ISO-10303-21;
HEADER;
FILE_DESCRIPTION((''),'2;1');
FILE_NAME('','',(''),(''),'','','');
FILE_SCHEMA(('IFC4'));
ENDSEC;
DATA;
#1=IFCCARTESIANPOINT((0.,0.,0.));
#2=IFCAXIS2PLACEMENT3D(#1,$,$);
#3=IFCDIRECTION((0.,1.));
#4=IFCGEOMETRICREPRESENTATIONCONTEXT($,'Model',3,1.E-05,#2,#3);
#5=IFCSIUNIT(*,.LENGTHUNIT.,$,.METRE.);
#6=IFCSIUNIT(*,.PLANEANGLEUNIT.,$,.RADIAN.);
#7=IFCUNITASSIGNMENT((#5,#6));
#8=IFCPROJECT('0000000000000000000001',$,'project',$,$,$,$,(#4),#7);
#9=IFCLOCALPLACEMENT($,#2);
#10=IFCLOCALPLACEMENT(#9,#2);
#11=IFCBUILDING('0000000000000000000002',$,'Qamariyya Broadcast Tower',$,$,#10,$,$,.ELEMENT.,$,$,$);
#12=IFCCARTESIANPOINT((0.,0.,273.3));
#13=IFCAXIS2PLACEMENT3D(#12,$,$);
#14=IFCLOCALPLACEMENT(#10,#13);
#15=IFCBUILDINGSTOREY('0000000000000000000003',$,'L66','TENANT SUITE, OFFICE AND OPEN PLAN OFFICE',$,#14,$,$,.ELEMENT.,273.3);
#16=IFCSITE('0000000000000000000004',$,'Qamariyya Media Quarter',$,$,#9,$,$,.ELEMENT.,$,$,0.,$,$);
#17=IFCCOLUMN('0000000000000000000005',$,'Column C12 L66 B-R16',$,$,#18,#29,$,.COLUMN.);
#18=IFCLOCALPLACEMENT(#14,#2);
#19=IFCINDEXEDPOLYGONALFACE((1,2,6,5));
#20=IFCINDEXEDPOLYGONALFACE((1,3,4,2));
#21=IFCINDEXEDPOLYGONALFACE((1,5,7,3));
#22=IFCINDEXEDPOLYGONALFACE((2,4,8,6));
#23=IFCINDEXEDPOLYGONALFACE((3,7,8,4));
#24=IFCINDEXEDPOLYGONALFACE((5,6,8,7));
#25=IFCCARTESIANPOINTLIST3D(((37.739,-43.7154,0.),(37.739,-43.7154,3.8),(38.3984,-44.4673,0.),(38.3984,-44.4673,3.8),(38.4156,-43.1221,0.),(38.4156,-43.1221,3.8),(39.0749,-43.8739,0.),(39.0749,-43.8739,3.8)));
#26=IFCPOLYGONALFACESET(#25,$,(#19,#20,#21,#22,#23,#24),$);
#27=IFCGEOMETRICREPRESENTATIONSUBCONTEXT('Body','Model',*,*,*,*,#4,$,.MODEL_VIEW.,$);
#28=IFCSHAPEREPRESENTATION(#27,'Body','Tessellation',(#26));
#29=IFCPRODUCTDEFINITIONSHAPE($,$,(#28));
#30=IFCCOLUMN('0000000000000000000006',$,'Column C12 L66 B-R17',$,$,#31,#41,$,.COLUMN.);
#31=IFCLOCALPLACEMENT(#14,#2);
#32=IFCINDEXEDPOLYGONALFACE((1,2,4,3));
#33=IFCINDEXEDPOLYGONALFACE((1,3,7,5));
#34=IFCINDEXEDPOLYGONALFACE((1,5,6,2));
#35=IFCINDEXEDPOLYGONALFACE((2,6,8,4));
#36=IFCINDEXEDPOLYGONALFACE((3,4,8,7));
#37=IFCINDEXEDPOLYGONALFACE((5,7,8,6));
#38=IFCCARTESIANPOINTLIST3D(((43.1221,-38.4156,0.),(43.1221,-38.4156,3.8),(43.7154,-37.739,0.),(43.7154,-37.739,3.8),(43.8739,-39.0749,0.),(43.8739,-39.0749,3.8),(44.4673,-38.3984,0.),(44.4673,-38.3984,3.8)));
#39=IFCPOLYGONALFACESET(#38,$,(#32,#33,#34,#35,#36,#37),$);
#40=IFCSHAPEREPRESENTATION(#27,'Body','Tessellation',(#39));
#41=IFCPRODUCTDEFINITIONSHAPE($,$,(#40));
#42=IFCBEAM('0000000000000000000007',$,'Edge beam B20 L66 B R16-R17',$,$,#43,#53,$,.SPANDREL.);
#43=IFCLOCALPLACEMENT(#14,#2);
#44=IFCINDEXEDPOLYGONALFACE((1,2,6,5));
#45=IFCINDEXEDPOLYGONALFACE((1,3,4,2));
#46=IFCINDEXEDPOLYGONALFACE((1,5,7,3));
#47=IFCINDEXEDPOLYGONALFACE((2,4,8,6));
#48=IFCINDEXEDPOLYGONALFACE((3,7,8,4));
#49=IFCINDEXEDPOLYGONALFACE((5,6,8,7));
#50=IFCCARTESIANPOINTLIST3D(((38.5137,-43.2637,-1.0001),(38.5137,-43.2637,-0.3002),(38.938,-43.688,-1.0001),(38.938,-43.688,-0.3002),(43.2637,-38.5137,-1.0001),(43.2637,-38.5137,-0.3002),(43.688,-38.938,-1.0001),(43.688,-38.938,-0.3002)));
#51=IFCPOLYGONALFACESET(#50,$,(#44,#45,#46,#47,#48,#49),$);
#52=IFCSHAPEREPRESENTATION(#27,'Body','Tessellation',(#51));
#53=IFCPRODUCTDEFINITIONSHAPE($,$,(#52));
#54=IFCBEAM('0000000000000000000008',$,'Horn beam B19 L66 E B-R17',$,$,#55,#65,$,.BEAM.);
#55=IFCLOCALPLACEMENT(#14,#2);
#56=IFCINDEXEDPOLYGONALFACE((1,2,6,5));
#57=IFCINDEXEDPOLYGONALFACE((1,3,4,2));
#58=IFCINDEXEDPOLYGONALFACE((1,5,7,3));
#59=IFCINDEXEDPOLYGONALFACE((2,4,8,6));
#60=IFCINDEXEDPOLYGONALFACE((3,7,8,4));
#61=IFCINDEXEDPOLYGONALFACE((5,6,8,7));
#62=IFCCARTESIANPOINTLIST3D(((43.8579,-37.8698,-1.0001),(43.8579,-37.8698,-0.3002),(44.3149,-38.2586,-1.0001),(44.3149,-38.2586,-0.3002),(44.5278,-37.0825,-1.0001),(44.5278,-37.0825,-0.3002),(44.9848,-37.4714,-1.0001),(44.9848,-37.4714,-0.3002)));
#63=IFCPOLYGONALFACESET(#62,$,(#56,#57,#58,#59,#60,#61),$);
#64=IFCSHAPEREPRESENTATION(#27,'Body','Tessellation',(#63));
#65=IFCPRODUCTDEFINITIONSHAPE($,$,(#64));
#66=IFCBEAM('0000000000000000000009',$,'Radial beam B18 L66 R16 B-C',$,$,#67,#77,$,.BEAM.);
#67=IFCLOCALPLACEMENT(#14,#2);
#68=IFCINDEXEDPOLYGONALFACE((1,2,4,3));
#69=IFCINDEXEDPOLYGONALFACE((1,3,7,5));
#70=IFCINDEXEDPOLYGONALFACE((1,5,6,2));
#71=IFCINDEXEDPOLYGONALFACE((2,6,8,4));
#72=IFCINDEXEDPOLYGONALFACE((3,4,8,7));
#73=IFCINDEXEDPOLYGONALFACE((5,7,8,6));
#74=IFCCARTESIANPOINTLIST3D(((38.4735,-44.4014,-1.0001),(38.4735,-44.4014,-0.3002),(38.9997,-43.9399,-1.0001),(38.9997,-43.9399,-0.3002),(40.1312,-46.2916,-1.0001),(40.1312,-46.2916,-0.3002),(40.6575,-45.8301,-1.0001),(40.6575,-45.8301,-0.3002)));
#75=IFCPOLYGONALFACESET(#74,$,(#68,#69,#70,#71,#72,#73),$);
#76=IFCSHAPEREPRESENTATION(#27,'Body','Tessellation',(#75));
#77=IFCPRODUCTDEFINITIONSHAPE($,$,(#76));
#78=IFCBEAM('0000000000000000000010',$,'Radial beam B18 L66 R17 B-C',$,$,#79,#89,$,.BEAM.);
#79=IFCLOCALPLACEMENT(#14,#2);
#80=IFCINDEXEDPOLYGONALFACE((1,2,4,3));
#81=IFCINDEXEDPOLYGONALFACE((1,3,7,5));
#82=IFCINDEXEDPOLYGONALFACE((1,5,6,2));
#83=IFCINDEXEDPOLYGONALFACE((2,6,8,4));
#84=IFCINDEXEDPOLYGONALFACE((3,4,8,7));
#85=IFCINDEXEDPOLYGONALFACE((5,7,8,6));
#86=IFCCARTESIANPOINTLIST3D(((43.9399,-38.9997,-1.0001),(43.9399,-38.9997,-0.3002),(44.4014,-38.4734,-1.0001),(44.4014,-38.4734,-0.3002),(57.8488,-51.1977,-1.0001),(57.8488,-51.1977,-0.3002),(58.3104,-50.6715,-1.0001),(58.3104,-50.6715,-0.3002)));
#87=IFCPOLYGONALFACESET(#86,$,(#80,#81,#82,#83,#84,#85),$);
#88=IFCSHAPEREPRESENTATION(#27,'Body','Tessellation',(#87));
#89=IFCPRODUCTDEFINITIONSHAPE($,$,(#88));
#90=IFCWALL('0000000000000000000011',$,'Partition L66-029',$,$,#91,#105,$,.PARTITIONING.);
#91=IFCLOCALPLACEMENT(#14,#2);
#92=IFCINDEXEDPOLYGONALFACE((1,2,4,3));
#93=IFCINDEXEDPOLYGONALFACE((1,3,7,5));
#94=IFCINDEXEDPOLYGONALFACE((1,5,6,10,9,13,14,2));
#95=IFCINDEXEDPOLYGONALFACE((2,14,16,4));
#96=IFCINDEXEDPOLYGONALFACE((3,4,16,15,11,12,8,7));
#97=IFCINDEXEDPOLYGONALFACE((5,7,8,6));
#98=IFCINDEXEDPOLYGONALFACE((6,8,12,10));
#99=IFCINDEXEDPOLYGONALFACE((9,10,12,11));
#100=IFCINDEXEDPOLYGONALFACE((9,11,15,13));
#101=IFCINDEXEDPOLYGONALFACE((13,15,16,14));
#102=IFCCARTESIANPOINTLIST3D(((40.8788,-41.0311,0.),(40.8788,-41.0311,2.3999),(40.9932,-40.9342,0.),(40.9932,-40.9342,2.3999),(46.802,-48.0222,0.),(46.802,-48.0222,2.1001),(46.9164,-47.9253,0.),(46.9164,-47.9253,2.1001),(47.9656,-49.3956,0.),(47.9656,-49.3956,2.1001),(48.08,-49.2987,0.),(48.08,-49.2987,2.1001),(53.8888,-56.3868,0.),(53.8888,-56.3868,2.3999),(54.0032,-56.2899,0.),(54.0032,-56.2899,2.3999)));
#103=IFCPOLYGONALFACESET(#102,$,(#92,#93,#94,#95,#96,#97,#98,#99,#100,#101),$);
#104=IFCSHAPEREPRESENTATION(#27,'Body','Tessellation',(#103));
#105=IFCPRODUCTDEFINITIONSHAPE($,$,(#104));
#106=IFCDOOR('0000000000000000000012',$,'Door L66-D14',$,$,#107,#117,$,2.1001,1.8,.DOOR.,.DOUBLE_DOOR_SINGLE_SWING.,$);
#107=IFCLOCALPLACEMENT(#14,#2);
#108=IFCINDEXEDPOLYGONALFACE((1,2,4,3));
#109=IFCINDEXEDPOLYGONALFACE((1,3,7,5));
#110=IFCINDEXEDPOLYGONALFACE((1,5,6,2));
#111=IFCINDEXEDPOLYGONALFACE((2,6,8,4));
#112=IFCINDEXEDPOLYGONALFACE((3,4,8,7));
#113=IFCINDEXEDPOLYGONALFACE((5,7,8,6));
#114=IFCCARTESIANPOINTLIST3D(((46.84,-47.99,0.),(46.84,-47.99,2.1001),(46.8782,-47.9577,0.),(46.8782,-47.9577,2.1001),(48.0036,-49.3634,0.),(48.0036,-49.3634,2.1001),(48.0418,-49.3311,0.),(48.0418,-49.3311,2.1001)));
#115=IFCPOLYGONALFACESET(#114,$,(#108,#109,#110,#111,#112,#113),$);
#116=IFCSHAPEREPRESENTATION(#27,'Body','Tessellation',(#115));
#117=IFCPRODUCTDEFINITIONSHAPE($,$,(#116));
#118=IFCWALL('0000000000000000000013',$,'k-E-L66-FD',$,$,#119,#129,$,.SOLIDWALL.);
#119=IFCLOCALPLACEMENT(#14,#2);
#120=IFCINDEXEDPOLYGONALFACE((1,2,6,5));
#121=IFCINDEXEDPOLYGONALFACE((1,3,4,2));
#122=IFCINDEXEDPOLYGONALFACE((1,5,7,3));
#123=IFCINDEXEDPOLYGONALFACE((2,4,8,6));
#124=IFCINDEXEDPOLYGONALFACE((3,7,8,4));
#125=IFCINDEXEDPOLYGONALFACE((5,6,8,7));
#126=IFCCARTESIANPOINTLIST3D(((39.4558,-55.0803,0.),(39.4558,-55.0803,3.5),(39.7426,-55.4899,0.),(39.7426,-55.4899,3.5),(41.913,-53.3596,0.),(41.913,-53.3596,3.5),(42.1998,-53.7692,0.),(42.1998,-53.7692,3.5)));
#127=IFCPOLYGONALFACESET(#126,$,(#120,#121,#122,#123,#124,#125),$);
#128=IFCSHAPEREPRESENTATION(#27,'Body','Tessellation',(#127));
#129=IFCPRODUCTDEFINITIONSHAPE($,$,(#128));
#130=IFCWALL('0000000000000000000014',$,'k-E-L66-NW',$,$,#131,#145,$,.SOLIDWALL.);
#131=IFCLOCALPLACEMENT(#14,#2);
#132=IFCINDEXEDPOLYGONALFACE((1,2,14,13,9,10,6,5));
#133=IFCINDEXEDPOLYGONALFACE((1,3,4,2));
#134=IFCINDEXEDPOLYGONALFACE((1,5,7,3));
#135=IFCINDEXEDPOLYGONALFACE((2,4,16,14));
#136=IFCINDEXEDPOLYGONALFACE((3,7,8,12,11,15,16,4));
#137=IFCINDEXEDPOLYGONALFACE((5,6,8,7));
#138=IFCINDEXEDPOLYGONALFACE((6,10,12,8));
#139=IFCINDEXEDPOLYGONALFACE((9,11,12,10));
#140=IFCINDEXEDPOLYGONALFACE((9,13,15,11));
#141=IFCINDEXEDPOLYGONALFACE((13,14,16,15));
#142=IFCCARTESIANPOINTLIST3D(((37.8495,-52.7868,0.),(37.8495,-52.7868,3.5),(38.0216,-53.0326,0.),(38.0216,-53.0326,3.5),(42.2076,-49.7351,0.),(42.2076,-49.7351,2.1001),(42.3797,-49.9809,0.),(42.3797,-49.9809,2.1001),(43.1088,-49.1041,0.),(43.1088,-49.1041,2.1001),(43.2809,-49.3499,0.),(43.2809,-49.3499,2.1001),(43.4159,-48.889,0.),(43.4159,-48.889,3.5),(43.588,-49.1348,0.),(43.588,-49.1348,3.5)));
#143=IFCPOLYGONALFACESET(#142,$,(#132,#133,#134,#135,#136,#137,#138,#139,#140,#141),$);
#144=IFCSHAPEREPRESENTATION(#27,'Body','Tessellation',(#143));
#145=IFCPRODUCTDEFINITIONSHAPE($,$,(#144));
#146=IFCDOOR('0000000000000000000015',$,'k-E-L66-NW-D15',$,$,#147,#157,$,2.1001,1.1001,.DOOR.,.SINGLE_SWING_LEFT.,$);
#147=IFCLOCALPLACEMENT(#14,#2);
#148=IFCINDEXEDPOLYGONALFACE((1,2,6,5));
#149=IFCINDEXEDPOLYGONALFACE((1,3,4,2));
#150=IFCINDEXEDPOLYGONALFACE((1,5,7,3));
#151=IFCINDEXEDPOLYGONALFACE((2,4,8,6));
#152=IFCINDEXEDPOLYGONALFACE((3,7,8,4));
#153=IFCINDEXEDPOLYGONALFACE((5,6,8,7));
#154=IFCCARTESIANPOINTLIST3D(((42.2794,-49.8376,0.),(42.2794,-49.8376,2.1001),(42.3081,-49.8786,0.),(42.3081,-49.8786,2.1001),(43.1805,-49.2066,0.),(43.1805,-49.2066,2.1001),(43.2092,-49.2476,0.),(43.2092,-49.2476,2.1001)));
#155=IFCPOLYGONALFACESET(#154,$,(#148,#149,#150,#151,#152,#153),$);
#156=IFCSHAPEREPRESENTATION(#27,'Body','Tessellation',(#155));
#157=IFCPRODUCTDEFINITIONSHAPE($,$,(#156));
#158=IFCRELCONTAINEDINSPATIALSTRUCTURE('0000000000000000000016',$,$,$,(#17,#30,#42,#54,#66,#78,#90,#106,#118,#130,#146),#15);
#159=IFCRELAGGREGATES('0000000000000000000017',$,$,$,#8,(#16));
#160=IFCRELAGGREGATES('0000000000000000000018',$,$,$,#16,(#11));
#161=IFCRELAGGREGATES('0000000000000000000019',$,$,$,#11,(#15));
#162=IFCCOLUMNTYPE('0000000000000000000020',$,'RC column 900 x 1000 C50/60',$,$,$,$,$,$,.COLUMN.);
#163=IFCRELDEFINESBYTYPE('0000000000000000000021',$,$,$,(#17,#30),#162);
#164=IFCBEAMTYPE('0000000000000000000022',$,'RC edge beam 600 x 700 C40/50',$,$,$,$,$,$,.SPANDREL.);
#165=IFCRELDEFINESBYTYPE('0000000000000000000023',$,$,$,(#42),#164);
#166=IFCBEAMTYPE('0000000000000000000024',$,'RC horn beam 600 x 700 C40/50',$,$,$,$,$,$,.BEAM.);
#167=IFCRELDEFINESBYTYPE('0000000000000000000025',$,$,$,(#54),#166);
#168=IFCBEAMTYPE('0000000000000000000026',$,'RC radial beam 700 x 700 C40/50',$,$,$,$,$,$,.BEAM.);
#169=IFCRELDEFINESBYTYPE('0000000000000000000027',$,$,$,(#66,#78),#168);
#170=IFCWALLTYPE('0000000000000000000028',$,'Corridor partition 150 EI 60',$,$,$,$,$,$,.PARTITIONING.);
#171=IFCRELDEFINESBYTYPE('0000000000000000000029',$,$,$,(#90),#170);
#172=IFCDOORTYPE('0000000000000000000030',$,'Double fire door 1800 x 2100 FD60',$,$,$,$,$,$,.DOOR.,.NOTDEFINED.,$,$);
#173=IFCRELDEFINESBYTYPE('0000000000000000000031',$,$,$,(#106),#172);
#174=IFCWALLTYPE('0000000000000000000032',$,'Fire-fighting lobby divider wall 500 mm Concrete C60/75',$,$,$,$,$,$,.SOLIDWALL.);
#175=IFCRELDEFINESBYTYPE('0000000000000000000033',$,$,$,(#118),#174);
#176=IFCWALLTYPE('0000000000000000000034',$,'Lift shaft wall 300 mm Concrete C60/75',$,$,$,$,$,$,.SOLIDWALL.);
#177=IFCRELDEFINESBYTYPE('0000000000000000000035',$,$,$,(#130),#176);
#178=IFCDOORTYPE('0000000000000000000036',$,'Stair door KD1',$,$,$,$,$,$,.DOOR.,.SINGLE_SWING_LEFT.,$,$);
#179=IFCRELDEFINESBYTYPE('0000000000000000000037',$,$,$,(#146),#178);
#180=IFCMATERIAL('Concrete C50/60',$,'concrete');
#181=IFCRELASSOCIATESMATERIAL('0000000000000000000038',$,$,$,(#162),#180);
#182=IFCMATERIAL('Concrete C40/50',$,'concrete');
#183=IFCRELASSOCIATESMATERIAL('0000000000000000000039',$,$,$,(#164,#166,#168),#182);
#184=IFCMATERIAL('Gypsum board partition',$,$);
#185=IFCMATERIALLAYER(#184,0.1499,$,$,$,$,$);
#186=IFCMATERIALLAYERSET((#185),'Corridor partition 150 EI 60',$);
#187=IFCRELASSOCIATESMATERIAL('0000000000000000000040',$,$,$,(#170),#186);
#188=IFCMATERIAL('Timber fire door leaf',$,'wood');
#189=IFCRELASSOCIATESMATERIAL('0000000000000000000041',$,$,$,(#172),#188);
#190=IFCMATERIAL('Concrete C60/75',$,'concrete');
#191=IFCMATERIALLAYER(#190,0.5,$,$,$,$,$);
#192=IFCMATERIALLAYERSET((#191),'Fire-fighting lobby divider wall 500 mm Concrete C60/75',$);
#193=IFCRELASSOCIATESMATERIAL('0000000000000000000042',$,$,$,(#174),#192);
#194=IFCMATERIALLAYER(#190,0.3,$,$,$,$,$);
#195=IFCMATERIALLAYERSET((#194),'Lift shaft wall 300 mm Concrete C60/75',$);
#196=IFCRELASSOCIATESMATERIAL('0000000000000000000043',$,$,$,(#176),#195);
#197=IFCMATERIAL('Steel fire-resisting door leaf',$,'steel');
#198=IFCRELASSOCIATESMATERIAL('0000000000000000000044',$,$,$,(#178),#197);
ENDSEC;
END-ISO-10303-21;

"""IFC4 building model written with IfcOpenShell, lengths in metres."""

from ifc_helpers import new_model, si_unit, direction, frame, frame_2d, origin, origin_2d, place, context, subcontext, project, spatial, rectangle, extrude, material, layer, layer_set, material_profile, profile_set, type_object, element, fill, save


model = new_model("IFC4")

# Units and contexts
model_context = context("Model", 3, precision=1e-05, world=origin(), true_north=direction((0.0, 1.0)))
body_context = subcontext(model_context, "Body", "Model", "MODEL_VIEW")
ifc_project = project(units=[si_unit("LENGTHUNIT", "METRE"), si_unit("PLANEANGLEUNIT", "RADIAN")], contexts=[model_context])

# Site, building, storey
site_placement = place(None, origin())
site = spatial("IfcSite", under=ifc_project, at=site_placement, Name="Qamariyya Media Quarter", CompositionType="ELEMENT", RefElevation=0.0)
building_placement = place(site_placement, origin())
building = spatial("IfcBuilding", under=site, at=building_placement, Name="Qamariyya Broadcast Tower", CompositionType="ELEMENT")
storey_placement = place(building_placement, frame((0.0, 0.0, 273.3)))
storey = spatial("IfcBuildingStorey", under=building, at=storey_placement, Name="L66", Description="TENANT SUITE, OFFICE AND OPEN PLAN OFFICE", CompositionType="ELEMENT", Elevation=273.3)

# Columns
ifc_material_1 = material(Name="Concrete C50/60", Category="concrete")
ifc_material_profile_1 = material_profile(ifc_material_1, rectangle(XDim=0.8999, YDim=1.0, at=origin_2d()))
ifc_profile_set_1 = profile_set([ifc_material_profile_1], Name="Concrete C50/60")
column_type = type_object("IfcColumnType", Name="RC column 900 x 1000 C50/60", PredefinedType="COLUMN", material=ifc_profile_set_1)
for number, where, z_axis, x_axis, name in (
    (1, (38.407, -43.7947, 0.0), (0.0, 0.0, 1.0), (0.75184, 0.659346, 0.0), "Column C12 L66 B-R16"),
    (2, (43.7947, -38.407, 0.0), (0.0, 0.0, 1.0), (0.659346, 0.75184, 0.0), "Column C12 L66 B-R17"),
):
    element("IfcColumn", number, at=place(storey_placement, frame(where, z_axis=z_axis, x_axis=x_axis)), inside=storey, type_object=column_type, Name=name, PredefinedType="COLUMN", context=body_context, shape_type="SweptSolid", body=[
        extrude(rectangle(XDim=0.8999, YDim=1.0, at=origin_2d()), origin(), (0.0, 0.0, 1.0), 3.8),
    ])

# Beams
ifc_material_2 = material(Name="Concrete C40/50", Category="concrete")
ifc_material_profile_2 = material_profile(ifc_material_2, rectangle(XDim=0.6001, YDim=0.7, at=origin_2d()))
ifc_profile_set_2 = profile_set([ifc_material_profile_2], Name="Concrete C40/50")
beam_type_1 = type_object("IfcBeamType", Name="RC edge beam 600 x 700 C40/50", PredefinedType="SPANDREL", material=ifc_profile_set_2)
beam_1_placement = place(storey_placement, frame((38.7258, -43.4758, -0.6501), z_axis=(0.707107, 0.707107, 0.0), x_axis=(-0.707107, 0.707107, 0.0)))
element("IfcBeam", 3, at=beam_1_placement, inside=storey, type_object=beam_type_1, Name="Edge beam B20 L66 B R16-R17", PredefinedType="SPANDREL", context=body_context, shape_type="SweptSolid", body=[
    extrude(rectangle(XDim=0.6001, YDim=0.7, at=origin_2d()), origin(), (0.0, 0.0, 1.0), 6.7175),
])
ifc_material_profile_3 = material_profile(ifc_material_2, rectangle(XDim=0.6001, YDim=0.7, at=origin_2d()))
ifc_profile_set_3 = profile_set([ifc_material_profile_3], Name="Concrete C40/50")
beam_type_2 = type_object("IfcBeamType", Name="RC horn beam 600 x 700 C40/50", PredefinedType="BEAM", material=ifc_profile_set_3)
beam_2_placement = place(storey_placement, frame((44.0864, -38.0642, -0.6501), z_axis=(0.648025, 0.761619, 0.0), x_axis=(-0.761619, 0.648025, 0.0)))
element("IfcBeam", 4, at=beam_2_placement, inside=storey, type_object=beam_type_2, Name="Horn beam B19 L66 E B-R17", PredefinedType="BEAM", context=body_context, shape_type="SweptSolid", body=[
    extrude(rectangle(XDim=0.6001, YDim=0.7, at=origin_2d()), origin(), (0.0, 0.0, 1.0), 1.0337),
])
ifc_material_profile_4 = material_profile(ifc_material_2, rectangle(XDim=0.7, YDim=0.7, at=origin_2d()))
ifc_profile_set_4 = profile_set([ifc_material_profile_4], Name="Concrete C40/50")
beam_type_3 = type_object("IfcBeamType", Name="RC radial beam 700 x 700 C40/50", PredefinedType="BEAM", material=ifc_profile_set_4)
beam_3_placement = place(storey_placement, frame((38.7366, -44.1707, -0.6501), z_axis=(0.65937, -0.751818, 0.0), x_axis=(0.751818, 0.65937, 0.0)))
element("IfcBeam", 5, at=beam_3_placement, inside=storey, type_object=beam_type_3, Name="Radial beam B18 L66 R16 B-C", PredefinedType="BEAM", context=body_context, shape_type="SweptSolid", body=[
    extrude(rectangle(XDim=0.7, YDim=0.7, at=origin_2d()), origin(), (0.0, 0.0, 1.0), 2.5142),
])
beam_4_placement = place(storey_placement, frame((44.1707, -38.7366, -0.6501), z_axis=(0.751835, -0.659352, 0.0), x_axis=(0.659352, 0.751835, 0.0)))
element("IfcBeam", 6, at=beam_4_placement, inside=storey, type_object=beam_type_3, Name="Radial beam B18 L66 R17 B-C", PredefinedType="BEAM", context=body_context, shape_type="SweptSolid", body=[
    extrude(rectangle(XDim=0.7, YDim=0.7, at=origin_2d()), origin(), (0.0, 0.0, 1.0), 18.5),
])

# Wall, opening, door
ifc_material_3 = material(Name="Gypsum board partition")
ifc_layer_1 = layer(ifc_material_3, 0.1499)
ifc_layer_set_1 = layer_set([ifc_layer_1], Name="Corridor partition 150 EI 60")
wall_type_1 = type_object("IfcWallType", Name="Corridor partition 150 EI 60", PredefinedType="PARTITIONING", material=ifc_layer_set_1)
wall_1_placement = place(storey_placement, frame((40.936, -40.9827, 0.0), z_axis=(0.0, 0.0, 1.0), x_axis=(0.646426, -0.762977, 0.0)))
wall_1 = element("IfcWall", 7, at=wall_1_placement, inside=storey, type_object=wall_type_1, Name="Partition L66-029", PredefinedType="PARTITIONING", context=body_context, shape_type="SweptSolid", body=[
    extrude(rectangle(XDim=20.126, YDim=0.1499, at=frame_2d((10.063, 0.0))), origin(), (0.0, 0.0, 1.0), 2.3999),
])
opening_1_placement = place(wall_1_placement, frame((9.1631, 0.0, 0.0)))
opening_1 = element("IfcOpeningElement", 8, at=opening_1_placement, cuts=wall_1, PredefinedType="OPENING", context=body_context, shape_type="SweptSolid", body=[
    extrude(rectangle(XDim=1.8, YDim=2.1001, at=frame_2d((0.8999, 1.05))), frame((0.0, 0.085, 0.0), z_axis=(0.0, -1.0, 0.0), x_axis=(1.0, 0.0, 0.0)), (0.0, 0.0, 1.0), 0.1699),
])
ifc_material_4 = material(Name="Timber fire door leaf", Category="wood")
door_type_1 = type_object("IfcDoorType", Name="Double fire door 1800 x 2100 FD60", OperationType="NOTDEFINED", PredefinedType="DOOR", material=ifc_material_4)
door_1_placement = place(opening_1_placement, origin())
door_1 = element("IfcDoor", 9, at=door_1_placement, inside=storey, type_object=door_type_1, Name="Door L66-D14", OperationType="DOUBLE_DOOR_SINGLE_SWING", OverallHeight=2.1001, OverallWidth=1.8, PredefinedType="DOOR", context=body_context, shape_type="SweptSolid", body=[
    extrude(rectangle(XDim=1.8, YDim=2.1001, at=frame_2d((0.8999, 1.05))), frame((0.0, 0.0249, 0.0), z_axis=(0.0, -1.0, 0.0), x_axis=(1.0, 0.0, 0.0)), (0.0, 0.0, 1.0), 0.05),
])
fill(opening_1, door_1)

# Wall
ifc_material_5 = material(Name="Concrete C60/75", Category="concrete")
ifc_layer_2 = layer(ifc_material_5, 0.5)
ifc_layer_set_2 = layer_set([ifc_layer_2], Name="Fire-fighting lobby divider wall 500 mm Concrete C60/75")
wall_type_2 = type_object("IfcWallType", Name="Fire-fighting lobby divider wall 500 mm Concrete C60/75", PredefinedType="SOLIDWALL", material=ifc_layer_set_2)
wall_2_placement = place(storey_placement, frame((39.5991, -55.2852, 0.0), z_axis=(0.0, 0.0, 1.0), x_axis=(0.819136, 0.573599, 0.0)))
element("IfcWall", 10, at=wall_2_placement, inside=storey, type_object=wall_type_2, Name="k-E-L66-FD", PredefinedType="SOLIDWALL", context=body_context, shape_type="SweptSolid", body=[
    extrude(rectangle(XDim=2.9998, YDim=0.5, at=frame_2d((1.5, 0.0))), origin(), (0.0, 0.0, 1.0), 3.5),
])

# Wall, opening, door
ifc_layer_3 = layer(ifc_material_5, 0.3)
ifc_layer_set_3 = layer_set([ifc_layer_3], Name="Lift shaft wall 300 mm Concrete C60/75")
wall_type_3 = type_object("IfcWallType", Name="Lift shaft wall 300 mm Concrete C60/75", PredefinedType="SOLIDWALL", material=ifc_layer_set_3)
wall_3_placement = place(storey_placement, frame((37.9355, -52.9097, 0.0), z_axis=(0.0, 0.0, 1.0), x_axis=(0.819148, 0.573583, 0.0)))
wall_3 = element("IfcWall", 11, at=wall_3_placement, inside=storey, type_object=wall_type_3, Name="k-E-L66-NW", PredefinedType="SOLIDWALL", context=body_context, shape_type="SweptSolid", body=[
    extrude(rectangle(XDim=6.7954, YDim=0.3, at=frame_2d((3.3977, 0.0))), origin(), (0.0, 0.0, 1.0), 3.5),
])
opening_2_placement = place(wall_3_placement, frame((5.3203, 0.0, 0.0)))
opening_2 = element("IfcOpeningElement", 12, at=opening_2_placement, cuts=wall_3, PredefinedType="OPENING", context=body_context, shape_type="SweptSolid", body=[
    extrude(rectangle(XDim=1.1001, YDim=2.1001, at=frame_2d((0.55, 1.05))), frame((0.0, 0.1599, 0.0), z_axis=(0.0, -1.0, 0.0), x_axis=(1.0, 0.0, 0.0)), (0.0, 0.0, 1.0), 0.3201),
])
ifc_material_6 = material(Name="Steel fire-resisting door leaf", Category="steel")
door_type_2 = type_object("IfcDoorType", Name="Stair door KD1", OperationType="SINGLE_SWING_LEFT", PredefinedType="DOOR", material=ifc_material_6)
door_2_placement = place(opening_2_placement, origin())
door_2 = element("IfcDoor", 13, at=door_2_placement, inside=storey, type_object=door_type_2, Name="k-E-L66-NW-D15", OperationType="SINGLE_SWING_LEFT", OverallHeight=2.1001, OverallWidth=1.1001, PredefinedType="DOOR", context=body_context, shape_type="SweptSolid", body=[
    extrude(rectangle(XDim=1.1001, YDim=2.1001, at=frame_2d((0.55, 1.05))), frame((0.0, 0.0249, 0.0), z_axis=(0.0, -1.0, 0.0), x_axis=(1.0, 0.0, 0.0)), (0.0, 0.0, 1.0), 0.05),
])
fill(opening_2, door_2)

save(model, "model.ifc")
